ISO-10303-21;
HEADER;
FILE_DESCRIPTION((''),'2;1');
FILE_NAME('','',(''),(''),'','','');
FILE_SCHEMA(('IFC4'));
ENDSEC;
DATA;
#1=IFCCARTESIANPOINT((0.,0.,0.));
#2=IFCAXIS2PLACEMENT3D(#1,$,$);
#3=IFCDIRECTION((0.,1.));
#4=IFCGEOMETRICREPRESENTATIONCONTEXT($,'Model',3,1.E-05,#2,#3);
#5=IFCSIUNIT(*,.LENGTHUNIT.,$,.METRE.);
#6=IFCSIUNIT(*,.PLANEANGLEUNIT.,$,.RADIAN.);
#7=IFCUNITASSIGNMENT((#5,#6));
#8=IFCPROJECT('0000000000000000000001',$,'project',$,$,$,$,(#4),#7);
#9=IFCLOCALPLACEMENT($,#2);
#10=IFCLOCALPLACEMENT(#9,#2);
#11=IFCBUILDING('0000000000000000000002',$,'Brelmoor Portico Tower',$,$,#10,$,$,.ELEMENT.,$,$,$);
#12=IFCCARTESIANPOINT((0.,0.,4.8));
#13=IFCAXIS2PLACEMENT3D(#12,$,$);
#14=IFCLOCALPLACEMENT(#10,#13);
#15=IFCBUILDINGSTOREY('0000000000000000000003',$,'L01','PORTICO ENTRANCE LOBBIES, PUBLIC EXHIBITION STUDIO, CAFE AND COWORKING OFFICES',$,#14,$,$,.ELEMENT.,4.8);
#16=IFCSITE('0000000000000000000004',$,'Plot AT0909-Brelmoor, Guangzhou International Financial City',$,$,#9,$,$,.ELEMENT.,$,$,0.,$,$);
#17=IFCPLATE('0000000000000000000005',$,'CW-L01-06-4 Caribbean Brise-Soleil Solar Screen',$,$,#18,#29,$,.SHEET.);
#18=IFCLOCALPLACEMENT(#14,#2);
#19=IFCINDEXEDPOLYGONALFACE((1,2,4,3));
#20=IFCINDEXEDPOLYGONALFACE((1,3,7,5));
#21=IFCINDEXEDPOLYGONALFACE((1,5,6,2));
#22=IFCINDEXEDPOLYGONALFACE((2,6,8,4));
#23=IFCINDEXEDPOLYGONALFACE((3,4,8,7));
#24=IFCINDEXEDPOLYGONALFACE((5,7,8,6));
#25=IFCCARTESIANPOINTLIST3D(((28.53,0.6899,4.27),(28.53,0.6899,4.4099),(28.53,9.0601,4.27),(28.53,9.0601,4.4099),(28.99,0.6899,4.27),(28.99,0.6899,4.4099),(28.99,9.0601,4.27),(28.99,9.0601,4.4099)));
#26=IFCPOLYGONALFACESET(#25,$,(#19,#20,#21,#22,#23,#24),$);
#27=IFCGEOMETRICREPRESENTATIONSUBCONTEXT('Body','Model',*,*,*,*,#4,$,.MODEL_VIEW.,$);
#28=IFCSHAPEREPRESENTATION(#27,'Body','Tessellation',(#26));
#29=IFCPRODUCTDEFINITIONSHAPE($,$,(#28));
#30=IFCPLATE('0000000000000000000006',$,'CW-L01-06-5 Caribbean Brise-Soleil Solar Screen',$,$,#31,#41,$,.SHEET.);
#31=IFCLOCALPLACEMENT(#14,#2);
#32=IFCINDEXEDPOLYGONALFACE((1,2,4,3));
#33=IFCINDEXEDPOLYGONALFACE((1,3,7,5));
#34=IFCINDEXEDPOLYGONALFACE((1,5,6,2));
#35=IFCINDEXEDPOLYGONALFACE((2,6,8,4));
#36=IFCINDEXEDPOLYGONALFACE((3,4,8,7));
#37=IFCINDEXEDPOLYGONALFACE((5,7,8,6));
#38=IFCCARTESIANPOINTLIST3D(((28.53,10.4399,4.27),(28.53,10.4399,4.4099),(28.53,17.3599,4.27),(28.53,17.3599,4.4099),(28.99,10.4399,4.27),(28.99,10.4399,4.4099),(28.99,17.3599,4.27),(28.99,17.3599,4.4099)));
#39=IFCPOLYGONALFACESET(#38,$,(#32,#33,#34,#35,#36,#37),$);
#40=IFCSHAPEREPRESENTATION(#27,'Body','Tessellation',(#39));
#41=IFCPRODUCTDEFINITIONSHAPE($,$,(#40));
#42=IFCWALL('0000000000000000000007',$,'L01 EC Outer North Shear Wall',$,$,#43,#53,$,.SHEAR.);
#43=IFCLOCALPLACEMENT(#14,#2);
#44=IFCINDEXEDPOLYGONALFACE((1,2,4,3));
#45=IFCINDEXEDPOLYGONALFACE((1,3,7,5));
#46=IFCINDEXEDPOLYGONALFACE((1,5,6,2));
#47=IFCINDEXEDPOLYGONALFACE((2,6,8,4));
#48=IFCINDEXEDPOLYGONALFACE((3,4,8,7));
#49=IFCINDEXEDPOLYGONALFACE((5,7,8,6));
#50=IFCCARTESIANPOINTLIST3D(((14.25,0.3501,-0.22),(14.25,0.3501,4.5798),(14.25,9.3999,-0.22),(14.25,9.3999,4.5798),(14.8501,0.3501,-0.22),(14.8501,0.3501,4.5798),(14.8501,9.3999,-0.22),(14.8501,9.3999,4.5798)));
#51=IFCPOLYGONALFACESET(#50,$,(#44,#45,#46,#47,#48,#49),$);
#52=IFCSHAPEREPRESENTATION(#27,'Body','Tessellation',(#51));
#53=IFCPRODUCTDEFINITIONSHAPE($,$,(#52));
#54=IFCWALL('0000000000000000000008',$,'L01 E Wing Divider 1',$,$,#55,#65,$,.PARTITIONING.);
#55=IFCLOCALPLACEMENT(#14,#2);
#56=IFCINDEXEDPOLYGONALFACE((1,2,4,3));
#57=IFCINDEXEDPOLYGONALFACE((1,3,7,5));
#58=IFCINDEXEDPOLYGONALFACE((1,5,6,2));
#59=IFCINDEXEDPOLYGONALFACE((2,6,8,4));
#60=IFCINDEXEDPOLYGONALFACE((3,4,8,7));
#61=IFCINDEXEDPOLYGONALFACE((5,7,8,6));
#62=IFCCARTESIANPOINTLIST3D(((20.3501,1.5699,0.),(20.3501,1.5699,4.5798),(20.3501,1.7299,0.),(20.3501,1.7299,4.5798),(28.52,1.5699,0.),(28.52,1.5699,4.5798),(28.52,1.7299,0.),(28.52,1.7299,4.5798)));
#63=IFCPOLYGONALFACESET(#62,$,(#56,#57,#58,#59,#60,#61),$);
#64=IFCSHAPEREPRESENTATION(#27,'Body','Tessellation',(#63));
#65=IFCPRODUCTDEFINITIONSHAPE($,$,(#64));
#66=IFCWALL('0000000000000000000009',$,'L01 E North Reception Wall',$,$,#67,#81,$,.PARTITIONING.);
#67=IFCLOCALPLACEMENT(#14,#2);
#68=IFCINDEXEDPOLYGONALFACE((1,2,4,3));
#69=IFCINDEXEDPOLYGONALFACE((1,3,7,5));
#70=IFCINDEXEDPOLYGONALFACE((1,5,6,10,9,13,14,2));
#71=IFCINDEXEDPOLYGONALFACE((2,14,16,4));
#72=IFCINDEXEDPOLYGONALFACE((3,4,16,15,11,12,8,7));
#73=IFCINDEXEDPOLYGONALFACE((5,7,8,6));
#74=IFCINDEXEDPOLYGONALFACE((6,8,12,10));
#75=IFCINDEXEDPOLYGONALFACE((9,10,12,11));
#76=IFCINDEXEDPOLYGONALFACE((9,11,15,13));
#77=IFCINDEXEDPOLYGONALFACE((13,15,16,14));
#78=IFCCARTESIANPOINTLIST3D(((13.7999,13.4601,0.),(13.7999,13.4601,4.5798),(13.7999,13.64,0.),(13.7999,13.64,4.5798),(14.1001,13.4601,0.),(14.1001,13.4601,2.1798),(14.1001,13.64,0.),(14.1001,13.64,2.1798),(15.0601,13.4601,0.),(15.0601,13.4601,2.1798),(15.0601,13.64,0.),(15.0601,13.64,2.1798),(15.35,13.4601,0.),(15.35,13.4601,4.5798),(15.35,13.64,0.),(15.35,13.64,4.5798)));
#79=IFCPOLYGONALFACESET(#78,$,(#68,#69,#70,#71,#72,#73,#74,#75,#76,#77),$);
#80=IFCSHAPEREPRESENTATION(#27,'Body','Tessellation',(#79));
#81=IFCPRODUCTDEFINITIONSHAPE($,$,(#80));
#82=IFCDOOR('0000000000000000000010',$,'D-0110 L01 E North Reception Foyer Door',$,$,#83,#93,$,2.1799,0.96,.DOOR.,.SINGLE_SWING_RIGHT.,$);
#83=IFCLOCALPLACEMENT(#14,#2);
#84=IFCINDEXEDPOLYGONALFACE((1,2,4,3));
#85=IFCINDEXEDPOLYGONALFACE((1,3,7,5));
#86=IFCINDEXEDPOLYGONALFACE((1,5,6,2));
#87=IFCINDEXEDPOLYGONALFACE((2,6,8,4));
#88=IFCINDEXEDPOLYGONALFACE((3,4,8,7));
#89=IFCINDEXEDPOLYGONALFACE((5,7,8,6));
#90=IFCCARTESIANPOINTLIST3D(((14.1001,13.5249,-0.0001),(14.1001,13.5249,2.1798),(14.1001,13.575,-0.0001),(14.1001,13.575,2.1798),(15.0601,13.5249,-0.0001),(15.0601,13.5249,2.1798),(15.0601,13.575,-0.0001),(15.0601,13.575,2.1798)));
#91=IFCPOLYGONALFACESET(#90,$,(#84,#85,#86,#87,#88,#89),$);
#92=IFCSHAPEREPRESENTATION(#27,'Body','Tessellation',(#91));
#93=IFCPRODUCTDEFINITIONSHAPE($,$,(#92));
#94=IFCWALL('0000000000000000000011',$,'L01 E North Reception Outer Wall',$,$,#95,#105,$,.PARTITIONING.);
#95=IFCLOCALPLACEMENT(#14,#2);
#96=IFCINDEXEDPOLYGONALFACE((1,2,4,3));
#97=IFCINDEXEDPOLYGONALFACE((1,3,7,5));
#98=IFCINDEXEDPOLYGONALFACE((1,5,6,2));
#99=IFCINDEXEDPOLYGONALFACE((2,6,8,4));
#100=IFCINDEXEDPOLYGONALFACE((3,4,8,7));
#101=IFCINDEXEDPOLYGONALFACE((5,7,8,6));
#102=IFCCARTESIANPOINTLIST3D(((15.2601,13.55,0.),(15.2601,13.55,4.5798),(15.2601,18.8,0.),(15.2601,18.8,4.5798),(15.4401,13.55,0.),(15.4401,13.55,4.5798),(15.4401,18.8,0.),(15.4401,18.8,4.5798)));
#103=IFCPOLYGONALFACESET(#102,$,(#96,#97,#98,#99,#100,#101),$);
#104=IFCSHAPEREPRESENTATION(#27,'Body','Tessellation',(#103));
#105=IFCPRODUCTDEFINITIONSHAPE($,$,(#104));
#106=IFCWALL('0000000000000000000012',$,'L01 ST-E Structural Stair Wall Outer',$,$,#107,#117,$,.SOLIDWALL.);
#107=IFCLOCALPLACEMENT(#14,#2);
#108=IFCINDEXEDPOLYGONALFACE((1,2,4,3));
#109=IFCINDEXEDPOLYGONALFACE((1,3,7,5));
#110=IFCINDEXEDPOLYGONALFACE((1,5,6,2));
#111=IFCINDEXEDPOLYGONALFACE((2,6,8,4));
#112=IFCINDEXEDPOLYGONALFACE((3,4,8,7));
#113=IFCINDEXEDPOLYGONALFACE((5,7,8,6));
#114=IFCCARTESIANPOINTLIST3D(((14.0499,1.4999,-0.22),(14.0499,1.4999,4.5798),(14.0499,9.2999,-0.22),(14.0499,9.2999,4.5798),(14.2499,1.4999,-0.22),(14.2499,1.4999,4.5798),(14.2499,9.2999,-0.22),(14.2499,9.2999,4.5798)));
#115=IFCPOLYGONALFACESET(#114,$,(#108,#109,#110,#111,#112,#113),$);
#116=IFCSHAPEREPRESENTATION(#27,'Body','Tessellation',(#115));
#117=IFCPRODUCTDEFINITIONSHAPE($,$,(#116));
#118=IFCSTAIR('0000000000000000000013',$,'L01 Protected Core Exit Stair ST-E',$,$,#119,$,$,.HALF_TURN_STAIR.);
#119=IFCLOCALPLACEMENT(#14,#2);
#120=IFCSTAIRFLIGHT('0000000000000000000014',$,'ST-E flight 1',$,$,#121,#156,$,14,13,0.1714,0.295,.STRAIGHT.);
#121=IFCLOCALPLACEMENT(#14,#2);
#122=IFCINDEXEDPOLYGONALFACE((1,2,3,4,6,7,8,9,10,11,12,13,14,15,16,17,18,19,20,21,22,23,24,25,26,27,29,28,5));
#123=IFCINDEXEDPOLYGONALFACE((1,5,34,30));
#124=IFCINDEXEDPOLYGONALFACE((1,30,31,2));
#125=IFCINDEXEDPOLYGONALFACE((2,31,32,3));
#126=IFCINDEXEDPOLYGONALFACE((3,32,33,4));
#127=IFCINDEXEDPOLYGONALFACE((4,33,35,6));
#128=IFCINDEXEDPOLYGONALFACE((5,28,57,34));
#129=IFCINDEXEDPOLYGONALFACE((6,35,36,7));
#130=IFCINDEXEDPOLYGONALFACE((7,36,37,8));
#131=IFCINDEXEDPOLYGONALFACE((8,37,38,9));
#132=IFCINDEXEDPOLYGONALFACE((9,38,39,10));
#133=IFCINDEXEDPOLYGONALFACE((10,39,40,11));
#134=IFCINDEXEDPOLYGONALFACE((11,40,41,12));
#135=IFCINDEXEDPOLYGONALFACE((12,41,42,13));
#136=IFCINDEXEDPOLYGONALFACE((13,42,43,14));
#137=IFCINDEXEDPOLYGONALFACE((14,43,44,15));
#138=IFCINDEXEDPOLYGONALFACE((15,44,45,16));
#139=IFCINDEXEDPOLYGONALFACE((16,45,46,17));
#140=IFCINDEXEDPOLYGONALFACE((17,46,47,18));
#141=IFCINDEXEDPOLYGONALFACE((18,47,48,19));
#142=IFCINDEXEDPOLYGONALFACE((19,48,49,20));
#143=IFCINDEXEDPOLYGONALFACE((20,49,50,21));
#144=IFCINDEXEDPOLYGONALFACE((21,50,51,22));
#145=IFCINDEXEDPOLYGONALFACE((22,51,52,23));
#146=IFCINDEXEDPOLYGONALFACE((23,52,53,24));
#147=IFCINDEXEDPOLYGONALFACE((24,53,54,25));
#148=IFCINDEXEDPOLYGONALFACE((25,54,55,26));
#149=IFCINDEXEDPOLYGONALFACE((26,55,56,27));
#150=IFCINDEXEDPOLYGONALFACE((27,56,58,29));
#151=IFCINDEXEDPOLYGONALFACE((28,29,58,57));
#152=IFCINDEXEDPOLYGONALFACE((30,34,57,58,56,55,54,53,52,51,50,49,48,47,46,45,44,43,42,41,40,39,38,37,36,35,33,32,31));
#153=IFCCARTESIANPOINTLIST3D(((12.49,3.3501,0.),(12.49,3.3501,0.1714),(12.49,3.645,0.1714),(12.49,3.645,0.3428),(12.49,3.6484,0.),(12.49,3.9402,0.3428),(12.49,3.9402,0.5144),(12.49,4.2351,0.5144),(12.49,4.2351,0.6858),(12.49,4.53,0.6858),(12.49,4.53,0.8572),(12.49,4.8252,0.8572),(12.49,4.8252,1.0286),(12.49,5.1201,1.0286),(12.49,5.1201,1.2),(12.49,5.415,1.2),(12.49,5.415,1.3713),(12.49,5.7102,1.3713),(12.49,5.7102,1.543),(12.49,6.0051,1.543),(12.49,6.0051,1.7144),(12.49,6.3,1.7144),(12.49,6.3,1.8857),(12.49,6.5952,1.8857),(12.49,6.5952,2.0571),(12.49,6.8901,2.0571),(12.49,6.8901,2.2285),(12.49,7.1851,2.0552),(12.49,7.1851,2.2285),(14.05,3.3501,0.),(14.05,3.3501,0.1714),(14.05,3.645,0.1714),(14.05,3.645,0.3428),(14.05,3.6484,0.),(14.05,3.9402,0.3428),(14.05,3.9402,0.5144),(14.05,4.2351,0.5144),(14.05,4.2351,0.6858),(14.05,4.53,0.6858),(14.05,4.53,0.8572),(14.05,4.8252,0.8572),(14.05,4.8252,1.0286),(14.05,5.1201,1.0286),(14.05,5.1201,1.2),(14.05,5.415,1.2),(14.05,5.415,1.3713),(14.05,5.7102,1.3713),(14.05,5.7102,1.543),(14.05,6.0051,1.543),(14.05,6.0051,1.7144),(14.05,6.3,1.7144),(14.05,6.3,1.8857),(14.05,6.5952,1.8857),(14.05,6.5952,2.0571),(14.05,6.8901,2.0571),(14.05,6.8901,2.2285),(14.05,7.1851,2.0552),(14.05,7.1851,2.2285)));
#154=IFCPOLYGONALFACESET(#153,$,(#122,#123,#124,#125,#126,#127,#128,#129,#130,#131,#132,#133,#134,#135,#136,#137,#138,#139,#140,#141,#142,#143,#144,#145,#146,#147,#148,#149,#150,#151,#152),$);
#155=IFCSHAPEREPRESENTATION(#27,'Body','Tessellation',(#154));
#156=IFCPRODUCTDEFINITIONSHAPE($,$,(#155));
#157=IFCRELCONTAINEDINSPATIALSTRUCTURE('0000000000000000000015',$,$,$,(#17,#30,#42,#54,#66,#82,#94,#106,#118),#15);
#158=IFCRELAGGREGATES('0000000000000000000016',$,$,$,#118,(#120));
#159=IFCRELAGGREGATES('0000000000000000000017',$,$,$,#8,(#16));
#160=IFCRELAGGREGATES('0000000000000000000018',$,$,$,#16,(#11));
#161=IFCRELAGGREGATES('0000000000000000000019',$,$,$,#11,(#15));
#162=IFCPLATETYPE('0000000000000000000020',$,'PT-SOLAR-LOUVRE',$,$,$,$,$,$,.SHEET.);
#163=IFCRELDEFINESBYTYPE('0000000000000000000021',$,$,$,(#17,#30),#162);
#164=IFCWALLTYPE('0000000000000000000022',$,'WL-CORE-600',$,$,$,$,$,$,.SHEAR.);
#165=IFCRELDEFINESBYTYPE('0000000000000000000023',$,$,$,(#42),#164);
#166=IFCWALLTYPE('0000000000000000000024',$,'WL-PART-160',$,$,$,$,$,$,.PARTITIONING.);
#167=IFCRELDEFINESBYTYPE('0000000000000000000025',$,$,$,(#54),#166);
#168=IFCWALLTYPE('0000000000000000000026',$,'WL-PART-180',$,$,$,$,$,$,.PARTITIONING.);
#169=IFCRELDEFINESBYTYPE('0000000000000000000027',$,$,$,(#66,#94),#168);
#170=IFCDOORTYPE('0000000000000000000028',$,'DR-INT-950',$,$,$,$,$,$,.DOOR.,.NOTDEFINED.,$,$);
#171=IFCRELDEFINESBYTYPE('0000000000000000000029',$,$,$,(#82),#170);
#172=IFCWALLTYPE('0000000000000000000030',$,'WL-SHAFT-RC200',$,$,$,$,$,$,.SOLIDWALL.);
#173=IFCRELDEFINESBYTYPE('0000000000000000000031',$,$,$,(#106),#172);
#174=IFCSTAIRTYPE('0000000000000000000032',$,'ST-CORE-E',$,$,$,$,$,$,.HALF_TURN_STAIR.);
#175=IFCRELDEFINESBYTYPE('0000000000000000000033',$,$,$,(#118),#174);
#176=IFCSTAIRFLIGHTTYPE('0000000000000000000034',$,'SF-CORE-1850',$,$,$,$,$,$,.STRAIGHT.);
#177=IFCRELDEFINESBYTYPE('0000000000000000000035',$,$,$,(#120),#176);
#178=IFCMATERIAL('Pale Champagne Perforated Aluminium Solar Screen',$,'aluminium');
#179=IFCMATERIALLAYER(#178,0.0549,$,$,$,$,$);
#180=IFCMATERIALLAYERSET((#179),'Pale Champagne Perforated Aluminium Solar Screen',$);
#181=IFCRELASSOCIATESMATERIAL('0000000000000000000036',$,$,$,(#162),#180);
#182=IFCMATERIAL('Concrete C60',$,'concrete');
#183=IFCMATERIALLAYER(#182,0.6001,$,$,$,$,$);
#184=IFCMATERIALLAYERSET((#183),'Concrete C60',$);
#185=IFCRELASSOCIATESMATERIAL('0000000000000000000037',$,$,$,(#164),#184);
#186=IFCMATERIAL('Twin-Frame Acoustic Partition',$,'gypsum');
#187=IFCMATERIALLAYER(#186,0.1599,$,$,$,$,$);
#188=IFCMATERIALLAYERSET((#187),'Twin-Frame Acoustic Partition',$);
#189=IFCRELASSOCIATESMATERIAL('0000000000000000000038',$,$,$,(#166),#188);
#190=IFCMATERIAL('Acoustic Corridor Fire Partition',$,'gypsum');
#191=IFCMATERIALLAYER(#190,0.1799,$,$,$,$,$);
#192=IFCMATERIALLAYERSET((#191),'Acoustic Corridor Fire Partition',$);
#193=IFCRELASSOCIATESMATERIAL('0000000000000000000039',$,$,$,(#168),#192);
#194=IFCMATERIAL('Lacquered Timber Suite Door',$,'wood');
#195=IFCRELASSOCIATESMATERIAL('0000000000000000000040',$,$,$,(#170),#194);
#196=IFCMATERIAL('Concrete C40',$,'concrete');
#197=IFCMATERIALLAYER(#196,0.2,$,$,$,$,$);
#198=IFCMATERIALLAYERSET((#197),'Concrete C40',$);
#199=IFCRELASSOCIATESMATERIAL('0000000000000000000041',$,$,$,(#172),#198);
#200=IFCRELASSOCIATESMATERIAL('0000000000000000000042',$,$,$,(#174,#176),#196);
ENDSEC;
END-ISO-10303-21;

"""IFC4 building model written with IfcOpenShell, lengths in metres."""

from ifc_helpers import new_model, si_unit, direction, frame, frame_2d, origin, origin_2d, place, context, subcontext, project, spatial, polyline, rectangle, outline, extrude, material, layer, layer_set, type_object, element, fill, aggregate, save


model = new_model("IFC4")

# Units and contexts
model_context = context("Model", 3, precision=1e-05, world=origin(), true_north=direction((0.0, 1.0)))
body_context = subcontext(model_context, "Body", "Model", "MODEL_VIEW")
ifc_project = project(units=[si_unit("LENGTHUNIT", "METRE"), si_unit("PLANEANGLEUNIT", "RADIAN")], contexts=[model_context])

# Site, building, storey
site_placement = place(None, origin())
site = spatial("IfcSite", under=ifc_project, at=site_placement, Name="Plot AT0909-Brelmoor, Guangzhou International Financial City", CompositionType="ELEMENT", RefElevation=0.0)
building_placement = place(site_placement, origin())
building = spatial("IfcBuilding", under=site, at=building_placement, Name="Brelmoor Portico Tower", CompositionType="ELEMENT")
storey_placement = place(building_placement, frame((0.0, 0.0, 4.8)))
storey = spatial("IfcBuildingStorey", under=building, at=storey_placement, Name="L01", Description="PORTICO ENTRANCE LOBBIES, PUBLIC EXHIBITION STUDIO, CAFE AND COWORKING OFFICES", CompositionType="ELEMENT", Elevation=4.8)

# Plates
ifc_material_1 = material(Name="Pale Champagne Perforated Aluminium Solar Screen", Category="aluminium")
ifc_layer_1 = layer(ifc_material_1, 0.0549)
ifc_layer_set_1 = layer_set([ifc_layer_1], Name="Pale Champagne Perforated Aluminium Solar Screen")
plate_type_1 = type_object("IfcPlateType", Name="PT-SOLAR-LOUVRE", PredefinedType="SHEET", material=ifc_layer_set_1)
plate_1_placement = place(storey_placement, frame((28.76, 4.875, 4.27), z_axis=(0.0, 0.0, 1.0), x_axis=(0.0, 1.0, 0.0)))
element("IfcPlate", 1, at=plate_1_placement, inside=storey, type_object=plate_type_1, Name="CW-L01-06-4 Caribbean Brise-Soleil Solar Screen", PredefinedType="SHEET", context=body_context, shape_type="SweptSolid", body=[
    extrude(rectangle(XDim=8.3701, YDim=0.46, at=origin_2d()), origin(), (0.0, 0.0, 1.0), 0.1399),
])
plate_2_placement = place(storey_placement, frame((28.76, 13.8999, 4.27), z_axis=(0.0, 0.0, 1.0), x_axis=(0.0, 1.0, 0.0)))
element("IfcPlate", 2, at=plate_2_placement, inside=storey, type_object=plate_type_1, Name="CW-L01-06-5 Caribbean Brise-Soleil Solar Screen", PredefinedType="SHEET", context=body_context, shape_type="SweptSolid", body=[
    extrude(rectangle(XDim=6.9199, YDim=0.46, at=origin_2d()), origin(), (0.0, 0.0, 1.0), 0.1399),
])

# Walls
ifc_material_2 = material(Name="Concrete C60", Category="concrete")
ifc_layer_2 = layer(ifc_material_2, 0.6001)
ifc_layer_set_2 = layer_set([ifc_layer_2], Name="Concrete C60")
wall_type_1 = type_object("IfcWallType", Name="WL-CORE-600", PredefinedType="SHEAR", material=ifc_layer_set_2)
wall_1_placement = place(storey_placement, frame((14.55, 0.3501, -0.22), z_axis=(0.0, 0.0, 1.0), x_axis=(0.0, 1.0, 0.0)))
element("IfcWall", 3, at=wall_1_placement, inside=storey, type_object=wall_type_1, Name="L01 EC Outer North Shear Wall", PredefinedType="SHEAR", context=body_context, shape_type="SweptSolid", body=[
    extrude(rectangle(XDim=9.0498, YDim=0.6001, at=frame_2d((4.5249, 0.0))), origin(), (0.0, 0.0, 1.0), 4.7998),
])
ifc_material_3 = material(Name="Twin-Frame Acoustic Partition", Category="gypsum")
ifc_layer_3 = layer(ifc_material_3, 0.1599)
ifc_layer_set_3 = layer_set([ifc_layer_3], Name="Twin-Frame Acoustic Partition")
wall_type_2 = type_object("IfcWallType", Name="WL-PART-160", PredefinedType="PARTITIONING", material=ifc_layer_set_3)
wall_2_placement = place(storey_placement, frame((20.3501, 1.6499, 0.0), z_axis=(0.0, 0.0, 1.0), x_axis=(1.0, 0.0, 0.0)))
element("IfcWall", 4, at=wall_2_placement, inside=storey, type_object=wall_type_2, Name="L01 E Wing Divider 1", PredefinedType="PARTITIONING", context=body_context, shape_type="SweptSolid", body=[
    extrude(rectangle(XDim=8.1699, YDim=0.1599, at=frame_2d((4.085, 0.0))), origin(), (0.0, 0.0, 1.0), 4.5798),
])

# Wall, opening, door
ifc_material_4 = material(Name="Acoustic Corridor Fire Partition", Category="gypsum")
ifc_layer_4 = layer(ifc_material_4, 0.1799)
ifc_layer_set_4 = layer_set([ifc_layer_4], Name="Acoustic Corridor Fire Partition")
wall_type_3 = type_object("IfcWallType", Name="WL-PART-180", PredefinedType="PARTITIONING", material=ifc_layer_set_4)
wall_3_placement = place(storey_placement, frame((13.8, 13.55, 0.0), z_axis=(0.0, 0.0, 1.0), x_axis=(1.0, 0.0, 0.0)))
wall_3 = element("IfcWall", 5, at=wall_3_placement, inside=storey, type_object=wall_type_3, Name="L01 E North Reception Wall", PredefinedType="PARTITIONING", context=body_context, shape_type="SweptSolid", body=[
    extrude(rectangle(XDim=1.55, YDim=0.1799, at=frame_2d((0.7749, 0.0))), origin(), (0.0, 0.0, 1.0), 4.5798),
])
opening_placement = place(wall_3_placement, frame((0.3, 0.0, 0.0)))
opening = element("IfcOpeningElement", 6, at=opening_placement, cuts=wall_3, PredefinedType="OPENING", context=body_context, shape_type="SweptSolid", body=[
    extrude(rectangle(XDim=0.96, YDim=2.1799, at=frame_2d((0.48, 1.0898))), frame((0.0, 0.0999, 0.0), z_axis=(0.0, -1.0, 0.0), x_axis=(1.0, 0.0, 0.0)), (0.0, 0.0, 1.0), 0.2),
])
ifc_material_5 = material(Name="Lacquered Timber Suite Door", Category="wood")
door_type = type_object("IfcDoorType", Name="DR-INT-950", OperationType="NOTDEFINED", PredefinedType="DOOR", material=ifc_material_5)
door_placement = place(opening_placement, origin())
door = element("IfcDoor", 7, at=door_placement, inside=storey, type_object=door_type, Name="D-0110 L01 E North Reception Foyer Door", OperationType="SINGLE_SWING_RIGHT", OverallHeight=2.1799, OverallWidth=0.96, PredefinedType="DOOR", context=body_context, shape_type="SweptSolid", body=[
    extrude(rectangle(XDim=0.96, YDim=2.1799, at=frame_2d((0.48, 1.0898))), frame((0.0, 0.0249, 0.0), z_axis=(0.0, -1.0, 0.0), x_axis=(1.0, 0.0, 0.0)), (0.0, 0.0, 1.0), 0.05),
])
fill(opening, door)

# Walls
wall_4_placement = place(storey_placement, frame((15.3501, 13.55, 0.0), z_axis=(0.0, 0.0, 1.0), x_axis=(0.0, 1.0, 0.0)))
element("IfcWall", 8, at=wall_4_placement, inside=storey, type_object=wall_type_3, Name="L01 E North Reception Outer Wall", PredefinedType="PARTITIONING", context=body_context, shape_type="SweptSolid", body=[
    extrude(rectangle(XDim=5.25, YDim=0.1799, at=frame_2d((2.625, 0.0))), origin(), (0.0, 0.0, 1.0), 4.5798),
])
ifc_material_6 = material(Name="Concrete C40", Category="concrete")
ifc_layer_5 = layer(ifc_material_6, 0.2)
ifc_layer_set_5 = layer_set([ifc_layer_5], Name="Concrete C40")
wall_type_4 = type_object("IfcWallType", Name="WL-SHAFT-RC200", PredefinedType="SOLIDWALL", material=ifc_layer_set_5)
wall_5_placement = place(storey_placement, frame((14.1499, 1.5, -0.22), z_axis=(0.0, 0.0, 1.0), x_axis=(0.0, 1.0, 0.0)))
element("IfcWall", 9, at=wall_5_placement, inside=storey, type_object=wall_type_4, Name="L01 ST-E Structural Stair Wall Outer", PredefinedType="SOLIDWALL", context=body_context, shape_type="SweptSolid", body=[
    extrude(rectangle(XDim=7.8, YDim=0.2, at=frame_2d((3.8999, 0.0))), origin(), (0.0, 0.0, 1.0), 4.7998),
])

# Stair, stair flight
stair_type = type_object("IfcStairType", Name="ST-CORE-E", PredefinedType="HALF_TURN_STAIR", material=ifc_material_6)
stair_placement = place(storey_placement, origin())
stair = element("IfcStair", 10, at=stair_placement, inside=storey, type_object=stair_type, Name="L01 Protected Core Exit Stair ST-E", PredefinedType="HALF_TURN_STAIR")
stair_flight_type = type_object("IfcStairFlightType", Name="SF-CORE-1850", PredefinedType="STRAIGHT", material=ifc_material_6)
stair_flight_placement = place(storey_placement, frame((13.27, 3.3501, 0.0), z_axis=(0.0, 0.0, 1.0), x_axis=(0.0, 1.0, 0.0)))
stair_flight = element("IfcStairFlight", 11, at=stair_flight_placement, type_object=stair_flight_type, Name="ST-E flight 1", NumberOfRisers=14, NumberOfTreads=13, PredefinedType="STRAIGHT", RiserHeight=0.1714, TreadLength=0.295, context=body_context, shape_type="SweptSolid", body=[
    extrude(outline(polyline([(0.0, 0.0), (0.0, 0.1714), (0.2949, 0.1714), (0.2949, 0.3428), (0.5901, 0.3428), (0.5901, 0.5144), (0.885, 0.5144), (0.885, 0.6858), (1.1799, 0.6858), (1.1799, 0.8572), (1.4751, 0.8572), (1.4751, 1.0286), (1.77, 1.0286), (1.77, 1.2), (2.0649, 1.2), (2.0649, 1.3713), (2.3601, 1.3713), (2.3601, 1.543), (2.655, 1.543), (2.655, 1.7144), (2.95, 1.7144), (2.95, 1.8857), (3.2451, 1.8857), (3.2451, 2.0571), (3.54, 2.0571), (3.54, 2.2285), (3.835, 2.2285), (3.835, 2.3999), (3.835, 2.0552), (0.2983, 0.0), (0.0, 0.0)])), frame((0.0, 0.78, 0.0), z_axis=(0.0, -1.0, 0.0), x_axis=(1.0, 0.0, 0.0)), (0.0, 0.0, 1.0), 1.5601),
])
aggregate(stair, [stair_flight])

save(model, "model.ifc")
